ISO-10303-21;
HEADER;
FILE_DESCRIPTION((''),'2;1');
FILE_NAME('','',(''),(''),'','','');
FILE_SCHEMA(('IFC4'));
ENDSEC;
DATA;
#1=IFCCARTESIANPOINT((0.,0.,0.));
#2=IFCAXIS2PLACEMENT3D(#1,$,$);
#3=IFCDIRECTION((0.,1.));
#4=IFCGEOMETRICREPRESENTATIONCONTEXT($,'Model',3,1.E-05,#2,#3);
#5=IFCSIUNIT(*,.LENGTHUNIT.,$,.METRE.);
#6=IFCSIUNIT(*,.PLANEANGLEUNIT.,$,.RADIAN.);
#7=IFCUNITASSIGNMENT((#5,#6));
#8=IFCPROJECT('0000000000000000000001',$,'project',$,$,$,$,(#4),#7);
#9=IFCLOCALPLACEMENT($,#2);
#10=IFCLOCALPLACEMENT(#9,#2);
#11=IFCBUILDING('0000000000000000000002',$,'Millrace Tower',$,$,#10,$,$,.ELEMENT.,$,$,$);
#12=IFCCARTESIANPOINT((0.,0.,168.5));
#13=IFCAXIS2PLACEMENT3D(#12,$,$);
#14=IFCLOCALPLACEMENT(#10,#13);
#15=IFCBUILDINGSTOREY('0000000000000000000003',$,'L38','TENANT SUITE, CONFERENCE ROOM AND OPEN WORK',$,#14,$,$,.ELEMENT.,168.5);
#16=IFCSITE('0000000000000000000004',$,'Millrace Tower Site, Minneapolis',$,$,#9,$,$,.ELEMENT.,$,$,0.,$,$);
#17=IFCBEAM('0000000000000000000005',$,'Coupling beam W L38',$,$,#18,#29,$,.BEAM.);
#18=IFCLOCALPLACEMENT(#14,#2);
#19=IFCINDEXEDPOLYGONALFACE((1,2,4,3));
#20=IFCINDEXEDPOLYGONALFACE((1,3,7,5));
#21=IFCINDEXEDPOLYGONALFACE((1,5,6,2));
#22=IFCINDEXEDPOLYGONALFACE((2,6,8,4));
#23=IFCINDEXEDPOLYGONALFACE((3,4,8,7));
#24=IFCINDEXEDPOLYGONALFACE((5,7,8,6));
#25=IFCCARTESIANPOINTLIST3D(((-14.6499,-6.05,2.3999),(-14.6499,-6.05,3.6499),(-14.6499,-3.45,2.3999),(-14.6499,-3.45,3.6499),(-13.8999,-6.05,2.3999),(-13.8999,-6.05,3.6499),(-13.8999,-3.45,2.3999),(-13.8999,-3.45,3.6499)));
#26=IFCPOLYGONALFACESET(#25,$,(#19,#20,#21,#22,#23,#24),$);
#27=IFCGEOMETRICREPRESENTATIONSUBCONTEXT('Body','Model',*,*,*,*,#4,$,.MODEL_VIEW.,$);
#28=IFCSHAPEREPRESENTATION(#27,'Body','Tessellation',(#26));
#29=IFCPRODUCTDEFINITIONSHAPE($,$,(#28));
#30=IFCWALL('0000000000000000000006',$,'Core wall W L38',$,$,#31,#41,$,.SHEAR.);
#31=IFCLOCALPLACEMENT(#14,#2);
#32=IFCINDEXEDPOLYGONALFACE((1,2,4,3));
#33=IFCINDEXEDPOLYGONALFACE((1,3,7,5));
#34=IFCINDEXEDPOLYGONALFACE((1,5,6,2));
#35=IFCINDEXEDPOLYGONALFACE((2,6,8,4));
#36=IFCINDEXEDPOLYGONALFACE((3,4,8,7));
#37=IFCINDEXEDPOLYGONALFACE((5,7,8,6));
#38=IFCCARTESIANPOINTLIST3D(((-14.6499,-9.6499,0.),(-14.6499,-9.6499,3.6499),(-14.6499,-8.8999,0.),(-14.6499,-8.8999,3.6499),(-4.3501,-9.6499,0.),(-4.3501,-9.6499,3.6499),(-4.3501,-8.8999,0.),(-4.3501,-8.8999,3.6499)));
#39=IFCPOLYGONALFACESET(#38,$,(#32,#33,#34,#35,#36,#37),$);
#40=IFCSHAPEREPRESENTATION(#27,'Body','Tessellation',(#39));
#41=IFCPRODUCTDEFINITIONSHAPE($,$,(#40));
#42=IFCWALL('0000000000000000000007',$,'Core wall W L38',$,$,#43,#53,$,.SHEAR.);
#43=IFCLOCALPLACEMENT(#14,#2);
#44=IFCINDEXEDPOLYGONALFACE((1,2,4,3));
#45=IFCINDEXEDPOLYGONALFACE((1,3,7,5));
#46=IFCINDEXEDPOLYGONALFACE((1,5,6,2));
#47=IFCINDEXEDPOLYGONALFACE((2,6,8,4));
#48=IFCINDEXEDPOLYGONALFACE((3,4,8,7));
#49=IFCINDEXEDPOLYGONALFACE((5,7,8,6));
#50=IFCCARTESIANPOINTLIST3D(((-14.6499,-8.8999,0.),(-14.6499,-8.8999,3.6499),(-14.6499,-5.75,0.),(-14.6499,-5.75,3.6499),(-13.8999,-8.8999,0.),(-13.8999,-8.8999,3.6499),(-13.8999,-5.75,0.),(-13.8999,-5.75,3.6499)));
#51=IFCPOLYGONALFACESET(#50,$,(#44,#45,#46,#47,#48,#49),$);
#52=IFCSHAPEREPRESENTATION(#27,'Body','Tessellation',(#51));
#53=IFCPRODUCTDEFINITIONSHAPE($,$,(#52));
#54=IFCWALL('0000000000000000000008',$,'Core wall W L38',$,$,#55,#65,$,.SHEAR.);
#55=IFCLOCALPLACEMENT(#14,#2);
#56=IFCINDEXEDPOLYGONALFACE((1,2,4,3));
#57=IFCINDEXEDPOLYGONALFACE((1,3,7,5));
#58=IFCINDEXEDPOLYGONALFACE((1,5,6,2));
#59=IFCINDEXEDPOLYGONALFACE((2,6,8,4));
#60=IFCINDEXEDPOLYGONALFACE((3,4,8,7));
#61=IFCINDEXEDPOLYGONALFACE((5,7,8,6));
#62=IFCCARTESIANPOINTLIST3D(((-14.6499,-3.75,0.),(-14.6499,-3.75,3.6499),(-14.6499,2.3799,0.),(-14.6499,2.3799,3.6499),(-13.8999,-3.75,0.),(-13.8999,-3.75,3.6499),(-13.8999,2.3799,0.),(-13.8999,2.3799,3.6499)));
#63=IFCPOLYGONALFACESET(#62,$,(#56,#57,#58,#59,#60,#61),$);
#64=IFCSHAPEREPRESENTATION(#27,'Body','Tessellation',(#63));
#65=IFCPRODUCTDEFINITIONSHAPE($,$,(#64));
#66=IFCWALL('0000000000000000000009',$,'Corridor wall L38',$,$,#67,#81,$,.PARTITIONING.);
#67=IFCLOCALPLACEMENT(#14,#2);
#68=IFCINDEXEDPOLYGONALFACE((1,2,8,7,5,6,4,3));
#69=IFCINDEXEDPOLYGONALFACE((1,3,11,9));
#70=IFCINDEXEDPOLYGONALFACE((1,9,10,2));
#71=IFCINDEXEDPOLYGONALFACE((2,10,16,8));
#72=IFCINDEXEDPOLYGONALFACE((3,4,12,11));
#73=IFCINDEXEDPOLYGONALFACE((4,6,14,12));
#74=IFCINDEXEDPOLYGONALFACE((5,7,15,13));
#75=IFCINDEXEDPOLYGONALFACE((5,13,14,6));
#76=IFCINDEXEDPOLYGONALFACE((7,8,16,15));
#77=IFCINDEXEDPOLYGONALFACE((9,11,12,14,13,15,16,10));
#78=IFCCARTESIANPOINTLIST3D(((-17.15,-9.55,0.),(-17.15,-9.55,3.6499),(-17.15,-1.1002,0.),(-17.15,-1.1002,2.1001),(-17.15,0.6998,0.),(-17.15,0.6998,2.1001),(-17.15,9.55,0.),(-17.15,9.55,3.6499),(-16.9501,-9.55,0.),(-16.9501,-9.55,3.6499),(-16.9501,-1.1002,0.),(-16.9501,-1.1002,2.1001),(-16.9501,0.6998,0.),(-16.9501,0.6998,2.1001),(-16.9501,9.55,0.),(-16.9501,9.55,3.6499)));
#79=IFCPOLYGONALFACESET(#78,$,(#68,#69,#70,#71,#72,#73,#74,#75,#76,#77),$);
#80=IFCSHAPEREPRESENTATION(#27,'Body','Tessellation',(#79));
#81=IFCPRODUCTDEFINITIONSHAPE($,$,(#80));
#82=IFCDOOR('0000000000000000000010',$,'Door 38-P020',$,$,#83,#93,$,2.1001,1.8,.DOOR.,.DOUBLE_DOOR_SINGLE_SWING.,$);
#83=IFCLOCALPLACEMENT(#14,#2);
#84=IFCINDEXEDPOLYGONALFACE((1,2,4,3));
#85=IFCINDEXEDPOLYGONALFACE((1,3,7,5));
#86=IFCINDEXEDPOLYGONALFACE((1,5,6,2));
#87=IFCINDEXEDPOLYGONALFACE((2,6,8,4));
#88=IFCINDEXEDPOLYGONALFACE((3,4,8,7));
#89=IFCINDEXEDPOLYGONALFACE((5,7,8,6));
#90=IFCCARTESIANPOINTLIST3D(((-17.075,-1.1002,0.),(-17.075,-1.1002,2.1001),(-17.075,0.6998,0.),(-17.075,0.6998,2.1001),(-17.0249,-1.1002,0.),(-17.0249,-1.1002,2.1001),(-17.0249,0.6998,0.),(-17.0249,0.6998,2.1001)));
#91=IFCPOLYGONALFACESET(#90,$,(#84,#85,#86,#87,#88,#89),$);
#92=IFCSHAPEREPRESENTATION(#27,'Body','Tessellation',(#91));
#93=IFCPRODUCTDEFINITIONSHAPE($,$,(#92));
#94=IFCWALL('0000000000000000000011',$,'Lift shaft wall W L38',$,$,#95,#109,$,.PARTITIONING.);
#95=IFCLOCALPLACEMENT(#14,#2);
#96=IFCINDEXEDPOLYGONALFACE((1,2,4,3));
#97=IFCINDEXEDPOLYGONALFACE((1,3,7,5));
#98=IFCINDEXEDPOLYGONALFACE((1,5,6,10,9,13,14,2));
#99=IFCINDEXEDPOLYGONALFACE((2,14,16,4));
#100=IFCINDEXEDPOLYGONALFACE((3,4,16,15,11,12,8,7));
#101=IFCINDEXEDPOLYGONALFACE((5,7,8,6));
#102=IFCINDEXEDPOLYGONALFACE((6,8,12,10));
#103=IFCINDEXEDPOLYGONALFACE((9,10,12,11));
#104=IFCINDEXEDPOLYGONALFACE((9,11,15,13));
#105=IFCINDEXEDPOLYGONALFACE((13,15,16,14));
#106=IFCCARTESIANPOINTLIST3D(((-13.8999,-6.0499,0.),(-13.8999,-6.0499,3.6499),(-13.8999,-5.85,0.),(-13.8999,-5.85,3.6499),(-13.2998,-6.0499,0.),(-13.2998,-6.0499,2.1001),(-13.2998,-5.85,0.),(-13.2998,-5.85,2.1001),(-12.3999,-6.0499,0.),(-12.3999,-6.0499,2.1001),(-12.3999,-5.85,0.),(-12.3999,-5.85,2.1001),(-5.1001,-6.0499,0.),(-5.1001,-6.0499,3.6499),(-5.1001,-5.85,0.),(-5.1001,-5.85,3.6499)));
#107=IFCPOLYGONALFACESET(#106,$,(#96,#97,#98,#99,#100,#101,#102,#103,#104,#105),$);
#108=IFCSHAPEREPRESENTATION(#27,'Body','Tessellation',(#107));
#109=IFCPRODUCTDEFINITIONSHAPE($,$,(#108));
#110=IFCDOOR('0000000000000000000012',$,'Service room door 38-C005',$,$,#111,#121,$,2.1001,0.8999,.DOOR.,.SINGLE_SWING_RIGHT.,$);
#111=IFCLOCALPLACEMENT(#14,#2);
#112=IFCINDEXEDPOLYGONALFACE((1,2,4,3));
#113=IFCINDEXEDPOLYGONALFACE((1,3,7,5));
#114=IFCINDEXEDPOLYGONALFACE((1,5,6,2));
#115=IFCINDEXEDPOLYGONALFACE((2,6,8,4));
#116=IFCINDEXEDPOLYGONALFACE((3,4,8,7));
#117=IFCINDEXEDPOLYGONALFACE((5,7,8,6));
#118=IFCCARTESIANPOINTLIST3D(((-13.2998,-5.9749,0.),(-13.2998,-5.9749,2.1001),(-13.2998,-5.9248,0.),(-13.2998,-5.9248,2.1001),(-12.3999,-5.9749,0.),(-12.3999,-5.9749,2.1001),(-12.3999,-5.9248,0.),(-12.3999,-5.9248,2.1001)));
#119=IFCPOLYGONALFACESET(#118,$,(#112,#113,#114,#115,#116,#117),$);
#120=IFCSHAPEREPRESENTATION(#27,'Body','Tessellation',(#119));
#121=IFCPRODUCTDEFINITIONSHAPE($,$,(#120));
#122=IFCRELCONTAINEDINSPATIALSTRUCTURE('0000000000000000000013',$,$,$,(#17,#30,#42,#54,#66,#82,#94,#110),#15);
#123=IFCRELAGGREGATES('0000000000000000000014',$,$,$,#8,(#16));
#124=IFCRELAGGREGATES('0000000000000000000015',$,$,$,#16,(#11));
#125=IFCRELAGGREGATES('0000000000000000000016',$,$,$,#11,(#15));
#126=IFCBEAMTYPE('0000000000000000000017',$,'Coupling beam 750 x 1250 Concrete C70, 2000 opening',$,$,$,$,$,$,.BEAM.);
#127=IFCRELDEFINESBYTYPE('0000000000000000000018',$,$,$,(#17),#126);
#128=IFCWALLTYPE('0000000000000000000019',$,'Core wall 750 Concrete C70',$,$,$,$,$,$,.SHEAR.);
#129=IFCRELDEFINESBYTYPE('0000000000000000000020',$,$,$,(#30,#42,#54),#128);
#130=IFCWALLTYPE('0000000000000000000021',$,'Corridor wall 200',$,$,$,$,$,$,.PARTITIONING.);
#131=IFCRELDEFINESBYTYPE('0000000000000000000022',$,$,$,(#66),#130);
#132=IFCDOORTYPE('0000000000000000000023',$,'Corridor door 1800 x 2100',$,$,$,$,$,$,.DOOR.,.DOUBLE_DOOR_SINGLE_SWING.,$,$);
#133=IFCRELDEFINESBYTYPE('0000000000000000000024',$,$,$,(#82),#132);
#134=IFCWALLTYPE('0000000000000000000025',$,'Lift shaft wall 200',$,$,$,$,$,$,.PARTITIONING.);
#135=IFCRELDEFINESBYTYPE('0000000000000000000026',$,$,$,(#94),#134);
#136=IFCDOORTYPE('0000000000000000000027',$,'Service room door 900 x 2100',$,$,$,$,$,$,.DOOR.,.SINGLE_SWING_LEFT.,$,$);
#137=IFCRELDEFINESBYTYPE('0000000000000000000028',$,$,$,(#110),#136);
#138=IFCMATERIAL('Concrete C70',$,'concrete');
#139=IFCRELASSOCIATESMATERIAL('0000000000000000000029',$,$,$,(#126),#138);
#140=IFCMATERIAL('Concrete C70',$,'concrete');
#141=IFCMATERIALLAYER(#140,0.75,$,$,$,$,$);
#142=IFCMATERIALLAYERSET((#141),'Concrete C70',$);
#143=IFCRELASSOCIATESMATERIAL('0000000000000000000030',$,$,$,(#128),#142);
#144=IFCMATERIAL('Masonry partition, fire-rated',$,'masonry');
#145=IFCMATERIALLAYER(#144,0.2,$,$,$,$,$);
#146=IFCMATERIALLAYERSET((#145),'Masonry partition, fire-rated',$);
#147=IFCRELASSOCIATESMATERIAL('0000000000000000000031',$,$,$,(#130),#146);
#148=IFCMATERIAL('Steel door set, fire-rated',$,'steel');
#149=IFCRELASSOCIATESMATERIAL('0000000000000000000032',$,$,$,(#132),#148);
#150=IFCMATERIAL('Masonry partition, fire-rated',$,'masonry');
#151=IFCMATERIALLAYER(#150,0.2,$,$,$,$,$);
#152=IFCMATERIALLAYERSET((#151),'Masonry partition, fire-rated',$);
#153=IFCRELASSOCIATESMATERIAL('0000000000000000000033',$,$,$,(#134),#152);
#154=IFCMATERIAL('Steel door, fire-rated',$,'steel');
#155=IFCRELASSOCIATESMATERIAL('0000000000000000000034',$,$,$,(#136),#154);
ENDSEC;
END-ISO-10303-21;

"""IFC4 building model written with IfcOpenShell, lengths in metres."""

from ifc_helpers import new_model, si_unit, direction, frame, frame_2d, origin, origin_2d, place, context, subcontext, project, spatial, rectangle, extrude, material, layer, layer_set, material_profile, profile_set, type_object, element, fill, save


model = new_model("IFC4")

# Units and contexts
model_context = context("Model", 3, precision=1e-05, world=origin(), true_north=direction((0.0, 1.0)))
body_context = subcontext(model_context, "Body", "Model", "MODEL_VIEW")
ifc_project = project(units=[si_unit("LENGTHUNIT", "METRE"), si_unit("PLANEANGLEUNIT", "RADIAN")], contexts=[model_context])

# Site, building, storey
site_placement = place(None, origin())
site = spatial("IfcSite", under=ifc_project, at=site_placement, Name="Millrace Tower Site, Minneapolis", CompositionType="ELEMENT", RefElevation=0.0)
building_placement = place(site_placement, origin())
building = spatial("IfcBuilding", under=site, at=building_placement, Name="Millrace Tower", CompositionType="ELEMENT")
storey_placement = place(building_placement, frame((0.0, 0.0, 168.5)))
storey = spatial("IfcBuildingStorey", under=building, at=storey_placement, Name="L38", Description="TENANT SUITE, CONFERENCE ROOM AND OPEN WORK", CompositionType="ELEMENT", Elevation=168.5)

# Beam
ifc_material_1 = material(Name="Concrete C70", Category="concrete")
ifc_material_profile = material_profile(ifc_material_1, rectangle(XDim=0.75, YDim=1.25, at=origin_2d()))
ifc_profile_set = profile_set([ifc_material_profile], Name="Concrete C70")
beam_type = type_object("IfcBeamType", Name="Coupling beam 750 x 1250 Concrete C70, 2000 opening", PredefinedType="BEAM", material=ifc_profile_set)
beam_placement = place(storey_placement, frame((-14.2749, -6.05, 3.0249), z_axis=(0.0, 1.0, 0.0), x_axis=(-1.0, 0.0, 0.0)))
element("IfcBeam", 1, at=beam_placement, inside=storey, type_object=beam_type, Name="Coupling beam W L38", PredefinedType="BEAM", context=body_context, shape_type="SweptSolid", body=[
    extrude(rectangle(XDim=0.75, YDim=1.25, at=origin_2d()), origin(), (0.0, 0.0, 1.0), 2.6001),
])

# Walls
ifc_material_2 = material(Name="Concrete C70", Category="concrete")
ifc_layer_1 = layer(ifc_material_2, 0.75)
ifc_layer_set_1 = layer_set([ifc_layer_1], Name="Concrete C70")
wall_type_1 = type_object("IfcWallType", Name="Core wall 750 Concrete C70", PredefinedType="SHEAR", material=ifc_layer_set_1)
wall_1_placement = place(storey_placement, frame((-14.6499, -9.2749, 0.0), z_axis=(0.0, 0.0, 1.0), x_axis=(1.0, 0.0, 0.0)))
element("IfcWall", 2, at=wall_1_placement, inside=storey, type_object=wall_type_1, Name="Core wall W L38", PredefinedType="SHEAR", context=body_context, shape_type="SweptSolid", body=[
    extrude(rectangle(XDim=10.2998, YDim=0.75, at=frame_2d((5.1499, 0.0))), origin(), (0.0, 0.0, 1.0), 3.6499),
])
wall_2_placement = place(storey_placement, frame((-14.2749, -8.8999, 0.0), z_axis=(0.0, 0.0, 1.0), x_axis=(0.0, 1.0, 0.0)))
element("IfcWall", 3, at=wall_2_placement, inside=storey, type_object=wall_type_1, Name="Core wall W L38", PredefinedType="SHEAR", context=body_context, shape_type="SweptSolid", body=[
    extrude(rectangle(XDim=3.1499, YDim=0.75, at=frame_2d((1.575, 0.0))), origin(), (0.0, 0.0, 1.0), 3.6499),
])
wall_3_placement = place(storey_placement, frame((-14.2749, -3.75, 0.0), z_axis=(0.0, 0.0, 1.0), x_axis=(0.0, 1.0, 0.0)))
element("IfcWall", 4, at=wall_3_placement, inside=storey, type_object=wall_type_1, Name="Core wall W L38", PredefinedType="SHEAR", context=body_context, shape_type="SweptSolid", body=[
    extrude(rectangle(XDim=6.1299, YDim=0.75, at=frame_2d((3.0649, 0.0))), origin(), (0.0, 0.0, 1.0), 3.6499),
])

# Walls, openings, doors
ifc_material_3 = material(Name="Masonry partition, fire-rated", Category="masonry")
ifc_layer_2 = layer(ifc_material_3, 0.2)
ifc_layer_set_2 = layer_set([ifc_layer_2], Name="Masonry partition, fire-rated")
wall_type_2 = type_object("IfcWallType", Name="Corridor wall 200", PredefinedType="PARTITIONING", material=ifc_layer_set_2)
wall_4_placement = place(storey_placement, frame((-17.05, -9.55, 0.0), z_axis=(0.0, 0.0, 1.0), x_axis=(0.0, 1.0, 0.0)))
wall_4 = element("IfcWall", 5, at=wall_4_placement, inside=storey, type_object=wall_type_2, Name="Corridor wall L38", PredefinedType="PARTITIONING", context=body_context, shape_type="SweptSolid", body=[
    extrude(rectangle(XDim=19.1001, YDim=0.2, at=frame_2d((9.55, 0.0))), origin(), (0.0, 0.0, 1.0), 3.6499),
])
opening_1_placement = place(wall_4_placement, frame((8.45, 0.0, 0.0)))
opening_1 = element("IfcOpeningElement", 6, at=opening_1_placement, cuts=wall_4, PredefinedType="OPENING", context=body_context, shape_type="SweptSolid", body=[
    extrude(rectangle(XDim=1.8, YDim=2.1001, at=frame_2d((0.8999, 1.05))), frame((0.0, 0.1099, 0.0), z_axis=(0.0, -1.0, 0.0), x_axis=(1.0, 0.0, 0.0)), (0.0, 0.0, 1.0), 0.22),
])
ifc_material_4 = material(Name="Steel door set, fire-rated", Category="steel")
door_type_1 = type_object("IfcDoorType", Name="Corridor door 1800 x 2100", OperationType="DOUBLE_DOOR_SINGLE_SWING", PredefinedType="DOOR", material=ifc_material_4)
door_1_placement = place(opening_1_placement, origin())
door_1 = element("IfcDoor", 7, at=door_1_placement, inside=storey, type_object=door_type_1, Name="Door 38-P020", OperationType="DOUBLE_DOOR_SINGLE_SWING", OverallHeight=2.1001, OverallWidth=1.8, PredefinedType="DOOR", context=body_context, shape_type="SweptSolid", body=[
    extrude(rectangle(XDim=1.8, YDim=2.1001, at=frame_2d((0.8999, 1.05))), frame((0.0, 0.0249, 0.0), z_axis=(0.0, -1.0, 0.0), x_axis=(1.0, 0.0, 0.0)), (0.0, 0.0, 1.0), 0.05),
])
fill(opening_1, door_1)
ifc_material_5 = material(Name="Masonry partition, fire-rated", Category="masonry")
ifc_layer_3 = layer(ifc_material_5, 0.2)
ifc_layer_set_3 = layer_set([ifc_layer_3], Name="Masonry partition, fire-rated")
wall_type_3 = type_object("IfcWallType", Name="Lift shaft wall 200", PredefinedType="PARTITIONING", material=ifc_layer_set_3)
wall_5_placement = place(storey_placement, frame((-13.8999, -5.95, 0.0), z_axis=(0.0, 0.0, 1.0), x_axis=(1.0, 0.0, 0.0)))
wall_5 = element("IfcWall", 8, at=wall_5_placement, inside=storey, type_object=wall_type_3, Name="Lift shaft wall W L38", PredefinedType="PARTITIONING", context=body_context, shape_type="SweptSolid", body=[
    extrude(rectangle(XDim=8.7998, YDim=0.2, at=frame_2d((4.3999, 0.0))), origin(), (0.0, 0.0, 1.0), 3.6499),
])
opening_2_placement = place(wall_5_placement, frame((0.6001, 0.0, 0.0)))
opening_2 = element("IfcOpeningElement", 9, at=opening_2_placement, cuts=wall_5, PredefinedType="OPENING", context=body_context, shape_type="SweptSolid", body=[
    extrude(rectangle(XDim=0.8999, YDim=2.1001, at=frame_2d((0.45, 1.05))), frame((0.0, 0.1099, 0.0), z_axis=(0.0, -1.0, 0.0), x_axis=(1.0, 0.0, 0.0)), (0.0, 0.0, 1.0), 0.22),
])
ifc_material_6 = material(Name="Steel door, fire-rated", Category="steel")
door_type_2 = type_object("IfcDoorType", Name="Service room door 900 x 2100", OperationType="SINGLE_SWING_LEFT", PredefinedType="DOOR", material=ifc_material_6)
door_2_placement = place(opening_2_placement, frame((0.8999, 0.0, 0.0), z_axis=(0.0, 0.0, 1.0), x_axis=(-1.0, 0.0, 0.0)))
door_2 = element("IfcDoor", 10, at=door_2_placement, inside=storey, type_object=door_type_2, Name="Service room door 38-C005", OperationType="SINGLE_SWING_RIGHT", OverallHeight=2.1001, OverallWidth=0.8999, PredefinedType="DOOR", context=body_context, shape_type="SweptSolid", body=[
    extrude(rectangle(XDim=0.8999, YDim=2.1001, at=frame_2d((0.45, 1.05))), frame((0.0, 0.0249, 0.0), z_axis=(0.0, -1.0, 0.0), x_axis=(1.0, 0.0, 0.0)), (0.0, 0.0, 1.0), 0.05),
])
fill(opening_2, door_2)

save(model, "model.ifc")
